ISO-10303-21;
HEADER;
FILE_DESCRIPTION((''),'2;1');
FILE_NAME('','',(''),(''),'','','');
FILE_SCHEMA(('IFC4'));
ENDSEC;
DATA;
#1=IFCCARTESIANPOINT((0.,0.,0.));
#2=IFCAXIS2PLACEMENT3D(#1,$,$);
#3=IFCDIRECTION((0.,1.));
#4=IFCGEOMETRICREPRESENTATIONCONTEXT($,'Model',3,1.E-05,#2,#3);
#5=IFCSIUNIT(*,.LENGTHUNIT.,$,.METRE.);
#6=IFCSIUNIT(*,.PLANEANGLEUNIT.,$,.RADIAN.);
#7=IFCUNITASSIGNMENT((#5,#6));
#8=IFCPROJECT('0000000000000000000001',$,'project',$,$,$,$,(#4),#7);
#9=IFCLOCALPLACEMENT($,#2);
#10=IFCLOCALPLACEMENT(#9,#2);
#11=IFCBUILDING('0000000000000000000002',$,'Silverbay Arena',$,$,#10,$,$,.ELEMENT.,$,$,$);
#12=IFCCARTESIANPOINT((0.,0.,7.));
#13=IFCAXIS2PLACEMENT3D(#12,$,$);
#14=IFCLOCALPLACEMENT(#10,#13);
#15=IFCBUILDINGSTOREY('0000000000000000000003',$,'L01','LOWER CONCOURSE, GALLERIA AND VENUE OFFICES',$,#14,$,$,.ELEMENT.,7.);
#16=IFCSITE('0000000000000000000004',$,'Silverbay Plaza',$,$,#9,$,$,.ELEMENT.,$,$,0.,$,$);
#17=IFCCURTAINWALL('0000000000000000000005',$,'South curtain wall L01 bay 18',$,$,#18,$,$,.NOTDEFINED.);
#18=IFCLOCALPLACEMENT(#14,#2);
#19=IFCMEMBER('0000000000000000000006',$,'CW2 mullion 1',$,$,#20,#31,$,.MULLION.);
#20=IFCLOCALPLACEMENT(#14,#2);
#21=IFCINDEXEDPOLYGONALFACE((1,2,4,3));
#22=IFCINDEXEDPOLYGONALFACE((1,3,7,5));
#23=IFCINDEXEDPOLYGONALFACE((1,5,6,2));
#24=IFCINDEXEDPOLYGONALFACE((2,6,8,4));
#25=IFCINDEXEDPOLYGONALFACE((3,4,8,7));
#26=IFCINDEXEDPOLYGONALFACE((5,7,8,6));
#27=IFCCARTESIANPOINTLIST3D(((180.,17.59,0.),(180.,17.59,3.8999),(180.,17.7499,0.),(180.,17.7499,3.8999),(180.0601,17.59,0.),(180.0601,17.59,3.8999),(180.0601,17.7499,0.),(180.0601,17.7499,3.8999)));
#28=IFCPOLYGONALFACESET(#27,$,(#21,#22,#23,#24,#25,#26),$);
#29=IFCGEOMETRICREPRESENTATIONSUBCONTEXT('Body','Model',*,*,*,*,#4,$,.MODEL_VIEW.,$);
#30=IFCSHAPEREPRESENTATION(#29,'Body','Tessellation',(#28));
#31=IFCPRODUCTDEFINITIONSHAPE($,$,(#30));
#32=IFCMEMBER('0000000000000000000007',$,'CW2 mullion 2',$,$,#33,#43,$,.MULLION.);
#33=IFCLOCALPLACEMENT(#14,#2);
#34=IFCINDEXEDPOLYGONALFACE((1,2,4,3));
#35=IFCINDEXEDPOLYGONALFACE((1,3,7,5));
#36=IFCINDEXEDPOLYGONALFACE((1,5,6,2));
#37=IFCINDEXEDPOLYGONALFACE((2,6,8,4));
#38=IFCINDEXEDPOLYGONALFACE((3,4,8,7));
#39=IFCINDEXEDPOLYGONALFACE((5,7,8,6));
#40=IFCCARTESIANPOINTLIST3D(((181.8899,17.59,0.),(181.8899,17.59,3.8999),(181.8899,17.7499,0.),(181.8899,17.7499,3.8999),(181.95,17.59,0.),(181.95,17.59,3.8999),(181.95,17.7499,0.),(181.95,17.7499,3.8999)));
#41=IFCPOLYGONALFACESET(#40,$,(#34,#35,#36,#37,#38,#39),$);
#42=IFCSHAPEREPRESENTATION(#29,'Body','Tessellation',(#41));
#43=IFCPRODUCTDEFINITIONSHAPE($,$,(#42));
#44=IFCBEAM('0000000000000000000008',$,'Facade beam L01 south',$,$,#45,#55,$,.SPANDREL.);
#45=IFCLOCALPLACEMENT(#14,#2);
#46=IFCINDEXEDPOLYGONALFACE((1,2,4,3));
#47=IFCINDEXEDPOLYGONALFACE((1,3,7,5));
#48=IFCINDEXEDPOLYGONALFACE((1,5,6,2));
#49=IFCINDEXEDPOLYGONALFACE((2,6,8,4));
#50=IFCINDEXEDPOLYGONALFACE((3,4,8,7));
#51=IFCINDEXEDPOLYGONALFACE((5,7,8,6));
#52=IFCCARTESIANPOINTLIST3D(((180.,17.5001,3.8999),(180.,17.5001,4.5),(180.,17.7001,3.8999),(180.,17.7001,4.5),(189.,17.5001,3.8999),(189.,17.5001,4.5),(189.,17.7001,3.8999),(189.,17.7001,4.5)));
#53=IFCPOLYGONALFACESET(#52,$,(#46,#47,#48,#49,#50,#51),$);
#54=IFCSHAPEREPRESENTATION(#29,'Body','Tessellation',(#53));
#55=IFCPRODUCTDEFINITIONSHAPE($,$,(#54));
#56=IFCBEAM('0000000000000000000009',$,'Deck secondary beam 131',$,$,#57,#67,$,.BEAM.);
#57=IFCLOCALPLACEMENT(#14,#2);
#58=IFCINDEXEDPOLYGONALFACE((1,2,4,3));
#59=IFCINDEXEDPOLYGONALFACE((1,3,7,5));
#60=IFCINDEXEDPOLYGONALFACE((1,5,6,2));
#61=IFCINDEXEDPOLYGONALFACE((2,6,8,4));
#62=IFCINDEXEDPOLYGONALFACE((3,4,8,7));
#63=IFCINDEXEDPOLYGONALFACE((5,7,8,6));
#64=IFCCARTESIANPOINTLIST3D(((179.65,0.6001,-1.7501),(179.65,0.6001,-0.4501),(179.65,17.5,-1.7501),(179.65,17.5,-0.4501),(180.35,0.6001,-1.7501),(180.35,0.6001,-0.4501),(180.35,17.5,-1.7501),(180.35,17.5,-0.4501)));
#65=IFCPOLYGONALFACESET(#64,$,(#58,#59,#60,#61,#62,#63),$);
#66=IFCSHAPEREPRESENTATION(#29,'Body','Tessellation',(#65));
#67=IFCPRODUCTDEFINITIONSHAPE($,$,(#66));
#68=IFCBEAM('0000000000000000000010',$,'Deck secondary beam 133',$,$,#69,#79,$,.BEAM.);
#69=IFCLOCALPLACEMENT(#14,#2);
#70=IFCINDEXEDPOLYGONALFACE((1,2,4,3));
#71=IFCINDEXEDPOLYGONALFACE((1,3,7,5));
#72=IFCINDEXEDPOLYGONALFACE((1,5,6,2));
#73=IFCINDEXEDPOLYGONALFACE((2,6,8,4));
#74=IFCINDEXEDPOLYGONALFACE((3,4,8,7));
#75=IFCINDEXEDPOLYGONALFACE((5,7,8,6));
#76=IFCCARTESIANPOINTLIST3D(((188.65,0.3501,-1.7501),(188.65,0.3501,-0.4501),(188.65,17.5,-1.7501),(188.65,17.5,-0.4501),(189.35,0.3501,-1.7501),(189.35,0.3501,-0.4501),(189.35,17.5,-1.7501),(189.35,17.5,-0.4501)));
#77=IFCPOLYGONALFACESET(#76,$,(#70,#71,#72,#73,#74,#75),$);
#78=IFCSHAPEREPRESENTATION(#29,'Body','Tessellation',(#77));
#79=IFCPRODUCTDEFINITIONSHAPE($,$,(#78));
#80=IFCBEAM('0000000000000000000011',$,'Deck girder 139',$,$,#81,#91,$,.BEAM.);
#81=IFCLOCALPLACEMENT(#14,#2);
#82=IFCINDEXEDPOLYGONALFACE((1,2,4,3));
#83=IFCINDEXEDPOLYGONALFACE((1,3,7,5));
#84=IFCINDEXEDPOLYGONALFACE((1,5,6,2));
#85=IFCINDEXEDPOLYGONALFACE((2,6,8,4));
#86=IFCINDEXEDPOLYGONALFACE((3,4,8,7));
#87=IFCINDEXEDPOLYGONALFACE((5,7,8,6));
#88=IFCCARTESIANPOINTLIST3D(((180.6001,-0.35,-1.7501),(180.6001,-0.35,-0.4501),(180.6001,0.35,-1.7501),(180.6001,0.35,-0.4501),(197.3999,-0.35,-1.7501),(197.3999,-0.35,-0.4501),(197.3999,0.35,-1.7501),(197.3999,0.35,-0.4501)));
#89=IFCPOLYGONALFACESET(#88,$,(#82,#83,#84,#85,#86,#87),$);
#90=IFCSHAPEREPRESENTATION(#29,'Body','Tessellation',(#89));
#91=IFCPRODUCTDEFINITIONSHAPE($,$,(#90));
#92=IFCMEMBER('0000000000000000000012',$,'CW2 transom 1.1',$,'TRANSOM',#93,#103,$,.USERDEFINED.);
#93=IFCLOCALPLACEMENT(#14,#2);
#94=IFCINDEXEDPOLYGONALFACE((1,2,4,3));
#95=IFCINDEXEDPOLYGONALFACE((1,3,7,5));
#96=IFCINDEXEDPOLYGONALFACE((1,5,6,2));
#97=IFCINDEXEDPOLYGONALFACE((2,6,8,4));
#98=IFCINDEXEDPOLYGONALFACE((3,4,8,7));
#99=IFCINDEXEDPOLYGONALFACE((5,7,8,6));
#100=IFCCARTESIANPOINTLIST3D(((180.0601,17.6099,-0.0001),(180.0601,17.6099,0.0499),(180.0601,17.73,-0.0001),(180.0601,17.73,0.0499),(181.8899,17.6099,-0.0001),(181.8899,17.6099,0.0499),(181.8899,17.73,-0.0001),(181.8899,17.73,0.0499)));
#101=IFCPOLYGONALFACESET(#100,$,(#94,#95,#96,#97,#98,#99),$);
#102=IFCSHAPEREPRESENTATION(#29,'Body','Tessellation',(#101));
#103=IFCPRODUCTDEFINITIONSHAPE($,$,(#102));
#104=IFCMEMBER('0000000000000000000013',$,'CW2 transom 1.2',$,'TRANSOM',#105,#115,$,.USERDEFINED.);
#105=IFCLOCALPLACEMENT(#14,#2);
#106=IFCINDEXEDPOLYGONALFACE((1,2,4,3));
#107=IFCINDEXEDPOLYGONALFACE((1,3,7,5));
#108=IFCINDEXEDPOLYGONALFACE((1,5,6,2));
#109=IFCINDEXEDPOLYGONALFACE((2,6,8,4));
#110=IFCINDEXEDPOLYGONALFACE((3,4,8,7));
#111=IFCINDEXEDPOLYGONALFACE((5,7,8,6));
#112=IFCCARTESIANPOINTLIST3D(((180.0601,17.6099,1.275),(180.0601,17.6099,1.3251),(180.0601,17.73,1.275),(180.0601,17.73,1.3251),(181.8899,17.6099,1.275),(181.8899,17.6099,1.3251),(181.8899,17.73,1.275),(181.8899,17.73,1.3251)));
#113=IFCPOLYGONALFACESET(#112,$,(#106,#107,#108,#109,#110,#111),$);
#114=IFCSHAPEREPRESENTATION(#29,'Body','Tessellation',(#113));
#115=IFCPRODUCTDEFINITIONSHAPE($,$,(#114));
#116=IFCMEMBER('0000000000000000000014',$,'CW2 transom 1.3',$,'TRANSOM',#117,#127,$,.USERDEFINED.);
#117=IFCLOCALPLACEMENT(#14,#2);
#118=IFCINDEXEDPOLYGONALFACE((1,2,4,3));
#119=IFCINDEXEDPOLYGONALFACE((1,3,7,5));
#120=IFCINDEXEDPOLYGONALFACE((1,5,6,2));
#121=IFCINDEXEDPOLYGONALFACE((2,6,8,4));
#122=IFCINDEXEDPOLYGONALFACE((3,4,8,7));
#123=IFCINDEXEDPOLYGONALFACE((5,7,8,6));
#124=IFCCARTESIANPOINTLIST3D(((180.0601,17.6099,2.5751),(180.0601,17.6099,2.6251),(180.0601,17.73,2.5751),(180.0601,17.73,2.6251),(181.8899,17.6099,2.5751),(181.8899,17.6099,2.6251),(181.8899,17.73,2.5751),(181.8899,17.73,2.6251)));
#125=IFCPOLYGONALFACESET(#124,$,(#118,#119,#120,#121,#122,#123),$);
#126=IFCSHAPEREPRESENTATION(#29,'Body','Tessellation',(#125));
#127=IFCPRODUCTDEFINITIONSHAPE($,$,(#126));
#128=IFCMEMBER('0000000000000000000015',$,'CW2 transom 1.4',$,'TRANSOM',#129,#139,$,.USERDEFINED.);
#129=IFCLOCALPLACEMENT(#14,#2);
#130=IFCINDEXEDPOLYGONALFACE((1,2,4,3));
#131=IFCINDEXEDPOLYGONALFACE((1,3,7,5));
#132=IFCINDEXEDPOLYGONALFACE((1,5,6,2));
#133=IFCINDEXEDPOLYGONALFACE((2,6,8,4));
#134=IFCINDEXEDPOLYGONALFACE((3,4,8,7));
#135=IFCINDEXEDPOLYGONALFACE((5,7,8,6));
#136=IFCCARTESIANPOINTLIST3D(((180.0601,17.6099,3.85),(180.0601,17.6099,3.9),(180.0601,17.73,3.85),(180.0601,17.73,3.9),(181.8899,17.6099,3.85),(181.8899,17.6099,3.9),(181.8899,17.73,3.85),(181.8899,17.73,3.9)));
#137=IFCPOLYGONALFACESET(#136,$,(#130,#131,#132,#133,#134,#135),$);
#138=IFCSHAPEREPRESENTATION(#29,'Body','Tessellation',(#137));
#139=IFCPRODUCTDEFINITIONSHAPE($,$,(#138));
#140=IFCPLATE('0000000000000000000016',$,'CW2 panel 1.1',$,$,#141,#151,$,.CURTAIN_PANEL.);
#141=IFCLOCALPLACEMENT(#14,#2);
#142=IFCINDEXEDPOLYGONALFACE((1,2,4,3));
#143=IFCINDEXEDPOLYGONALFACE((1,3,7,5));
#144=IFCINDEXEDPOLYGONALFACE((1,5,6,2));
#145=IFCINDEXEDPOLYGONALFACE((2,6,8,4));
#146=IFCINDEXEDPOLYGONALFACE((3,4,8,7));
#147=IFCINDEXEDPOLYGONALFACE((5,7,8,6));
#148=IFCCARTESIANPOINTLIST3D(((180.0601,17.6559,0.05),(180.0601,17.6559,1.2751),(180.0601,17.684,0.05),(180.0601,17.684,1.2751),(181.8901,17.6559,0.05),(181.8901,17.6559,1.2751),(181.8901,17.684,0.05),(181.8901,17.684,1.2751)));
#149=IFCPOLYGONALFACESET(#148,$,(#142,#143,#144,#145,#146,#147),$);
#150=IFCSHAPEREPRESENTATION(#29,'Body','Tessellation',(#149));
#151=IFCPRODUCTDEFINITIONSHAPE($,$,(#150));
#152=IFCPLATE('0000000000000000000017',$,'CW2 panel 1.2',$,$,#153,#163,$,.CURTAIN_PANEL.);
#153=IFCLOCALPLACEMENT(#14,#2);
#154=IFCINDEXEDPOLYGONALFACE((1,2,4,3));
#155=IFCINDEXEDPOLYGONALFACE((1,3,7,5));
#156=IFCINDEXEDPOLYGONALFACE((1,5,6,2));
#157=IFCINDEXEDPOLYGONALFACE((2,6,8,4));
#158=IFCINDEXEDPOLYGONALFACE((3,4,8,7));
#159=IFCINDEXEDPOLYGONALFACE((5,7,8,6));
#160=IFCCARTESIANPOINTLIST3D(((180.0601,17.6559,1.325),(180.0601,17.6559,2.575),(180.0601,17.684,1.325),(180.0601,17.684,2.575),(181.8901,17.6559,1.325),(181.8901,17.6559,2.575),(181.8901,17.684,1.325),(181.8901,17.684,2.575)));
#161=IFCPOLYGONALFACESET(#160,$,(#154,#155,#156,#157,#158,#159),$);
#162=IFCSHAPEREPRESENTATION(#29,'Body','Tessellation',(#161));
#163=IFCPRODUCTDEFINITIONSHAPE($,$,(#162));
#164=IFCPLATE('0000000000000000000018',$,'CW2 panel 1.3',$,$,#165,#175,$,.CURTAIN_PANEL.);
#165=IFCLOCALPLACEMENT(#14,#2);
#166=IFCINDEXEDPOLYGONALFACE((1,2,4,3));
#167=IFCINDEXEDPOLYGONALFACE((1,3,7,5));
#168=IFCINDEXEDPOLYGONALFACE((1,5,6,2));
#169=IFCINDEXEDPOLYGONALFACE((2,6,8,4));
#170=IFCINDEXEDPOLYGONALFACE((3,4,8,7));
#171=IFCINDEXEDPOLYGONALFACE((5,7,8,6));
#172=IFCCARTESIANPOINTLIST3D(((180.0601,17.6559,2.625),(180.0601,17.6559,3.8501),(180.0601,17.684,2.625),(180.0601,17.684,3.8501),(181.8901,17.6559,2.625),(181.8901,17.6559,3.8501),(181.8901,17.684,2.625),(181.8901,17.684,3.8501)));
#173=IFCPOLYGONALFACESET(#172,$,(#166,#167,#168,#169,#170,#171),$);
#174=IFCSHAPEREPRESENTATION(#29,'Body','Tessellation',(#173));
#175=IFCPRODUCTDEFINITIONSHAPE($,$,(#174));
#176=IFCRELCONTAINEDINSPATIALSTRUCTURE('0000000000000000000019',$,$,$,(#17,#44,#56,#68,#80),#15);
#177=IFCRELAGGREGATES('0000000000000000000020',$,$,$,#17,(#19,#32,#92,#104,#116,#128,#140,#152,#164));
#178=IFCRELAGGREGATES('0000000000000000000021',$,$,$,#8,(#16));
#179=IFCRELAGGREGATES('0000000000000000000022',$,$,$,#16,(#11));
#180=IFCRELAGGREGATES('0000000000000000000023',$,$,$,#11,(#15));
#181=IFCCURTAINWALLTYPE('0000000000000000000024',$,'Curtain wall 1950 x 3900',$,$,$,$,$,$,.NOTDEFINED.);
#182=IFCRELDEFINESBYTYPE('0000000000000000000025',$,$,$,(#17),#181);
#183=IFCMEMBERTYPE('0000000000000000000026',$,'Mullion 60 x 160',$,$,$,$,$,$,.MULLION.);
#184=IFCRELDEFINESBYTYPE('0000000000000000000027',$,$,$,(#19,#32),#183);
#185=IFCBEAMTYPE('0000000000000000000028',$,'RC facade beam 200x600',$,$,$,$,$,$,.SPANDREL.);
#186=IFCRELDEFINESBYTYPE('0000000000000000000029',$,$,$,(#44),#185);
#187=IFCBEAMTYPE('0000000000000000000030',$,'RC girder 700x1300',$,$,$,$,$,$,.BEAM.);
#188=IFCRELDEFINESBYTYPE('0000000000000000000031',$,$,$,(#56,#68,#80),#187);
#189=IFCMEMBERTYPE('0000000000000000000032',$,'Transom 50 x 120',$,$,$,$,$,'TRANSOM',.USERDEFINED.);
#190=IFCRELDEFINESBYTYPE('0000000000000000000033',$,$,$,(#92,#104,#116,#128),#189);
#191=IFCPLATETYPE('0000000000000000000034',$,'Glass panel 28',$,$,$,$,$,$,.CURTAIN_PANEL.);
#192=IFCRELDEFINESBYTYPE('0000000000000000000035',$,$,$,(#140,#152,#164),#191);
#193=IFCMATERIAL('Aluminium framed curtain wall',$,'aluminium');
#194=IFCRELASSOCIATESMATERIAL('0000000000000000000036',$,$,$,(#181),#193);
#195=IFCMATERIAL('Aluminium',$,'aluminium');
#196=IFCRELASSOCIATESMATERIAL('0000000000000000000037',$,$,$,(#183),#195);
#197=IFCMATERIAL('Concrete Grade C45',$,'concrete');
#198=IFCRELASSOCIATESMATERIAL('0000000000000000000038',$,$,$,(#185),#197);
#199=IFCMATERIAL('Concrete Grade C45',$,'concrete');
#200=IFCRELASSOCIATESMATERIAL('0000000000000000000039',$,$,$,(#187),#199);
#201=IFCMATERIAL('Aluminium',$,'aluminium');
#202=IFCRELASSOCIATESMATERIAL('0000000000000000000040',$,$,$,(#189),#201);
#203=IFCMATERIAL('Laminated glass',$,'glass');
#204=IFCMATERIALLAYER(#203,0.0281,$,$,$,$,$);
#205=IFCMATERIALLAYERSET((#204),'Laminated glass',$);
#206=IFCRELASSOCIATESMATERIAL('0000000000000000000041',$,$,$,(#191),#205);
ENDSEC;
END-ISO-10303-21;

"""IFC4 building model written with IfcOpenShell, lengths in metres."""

from ifc_helpers import new_model, si_unit, direction, frame, origin, origin_2d, place, context, subcontext, project, spatial, rectangle, extrude, material, layer, layer_set, material_profile, profile_set, type_object, element, aggregate, save


model = new_model("IFC4")

# Units and contexts
model_context = context("Model", 3, precision=1e-05, world=origin(), true_north=direction((0.0, 1.0)))
body_context = subcontext(model_context, "Body", "Model", "MODEL_VIEW")
ifc_project = project(units=[si_unit("LENGTHUNIT", "METRE"), si_unit("PLANEANGLEUNIT", "RADIAN")], contexts=[model_context])

# Site, building, storey
site_placement = place(None, origin())
site = spatial("IfcSite", under=ifc_project, at=site_placement, Name="Silverbay Plaza", CompositionType="ELEMENT", RefElevation=0.0)
building_placement = place(site_placement, origin())
building = spatial("IfcBuilding", under=site, at=building_placement, Name="Silverbay Arena", CompositionType="ELEMENT")
storey_placement = place(building_placement, frame((0.0, 0.0, 7.0)))
storey = spatial("IfcBuildingStorey", under=building, at=storey_placement, Name="L01", Description="LOWER CONCOURSE, GALLERIA AND VENUE OFFICES", CompositionType="ELEMENT", Elevation=7.0)

# Curtain wall, members
ifc_material_1 = material(Name="Aluminium framed curtain wall", Category="aluminium")
curtain_wall_type = type_object("IfcCurtainWallType", Name="Curtain wall 1950 x 3900", PredefinedType="NOTDEFINED", material=ifc_material_1)
curtain_wall_placement = place(storey_placement, origin())
curtain_wall = element("IfcCurtainWall", 1, at=curtain_wall_placement, inside=storey, type_object=curtain_wall_type, Name="South curtain wall L01 bay 18", PredefinedType="NOTDEFINED")
ifc_material_2 = material(Name="Aluminium", Category="aluminium")
ifc_material_profile_1 = material_profile(ifc_material_2, rectangle(XDim=0.1599, YDim=0.0601, at=origin_2d()), Name="Mullion 60 x 160")
ifc_profile_set_1 = profile_set([ifc_material_profile_1], Name="Aluminium")
member_type_1 = type_object("IfcMemberType", Name="Mullion 60 x 160", PredefinedType="MULLION", material=ifc_profile_set_1)
member_1_placement = place(storey_placement, frame((180.03, 17.6699, 0.0), z_axis=(0.0, 0.0, 1.0), x_axis=(0.0, 1.0, 0.0)))
member_1 = element("IfcMember", 2, at=member_1_placement, type_object=member_type_1, Name="CW2 mullion 1", PredefinedType="MULLION", context=body_context, shape_type="SweptSolid", body=[
    extrude(rectangle(XDim=0.1599, YDim=0.0601, at=origin_2d()), origin(), (0.0, 0.0, 1.0), 3.8999),
])
member_2_placement = place(storey_placement, frame((181.9199, 17.6699, 0.0), z_axis=(0.0, 0.0, 1.0), x_axis=(0.0, 1.0, 0.0)))
member_2 = element("IfcMember", 3, at=member_2_placement, type_object=member_type_1, Name="CW2 mullion 2", PredefinedType="MULLION", context=body_context, shape_type="SweptSolid", body=[
    extrude(rectangle(XDim=0.1599, YDim=0.0601, at=origin_2d()), origin(), (0.0, 0.0, 1.0), 3.8999),
])

# Beams
ifc_material_3 = material(Name="Concrete Grade C45", Category="concrete")
ifc_material_profile_2 = material_profile(ifc_material_3, rectangle(XDim=0.2, YDim=0.6001, at=origin_2d()), Name="RC 200x600")
ifc_profile_set_2 = profile_set([ifc_material_profile_2], Name="Concrete Grade C45")
beam_type_1 = type_object("IfcBeamType", Name="RC facade beam 200x600", PredefinedType="SPANDREL", material=ifc_profile_set_2)
beam_1_placement = place(storey_placement, frame((180.0, 17.6001, 4.2), z_axis=(1.0, 0.0, 0.0), x_axis=(0.0, 1.0, 0.0)))
element("IfcBeam", 4, at=beam_1_placement, inside=storey, type_object=beam_type_1, Name="Facade beam L01 south", PredefinedType="SPANDREL", context=body_context, shape_type="SweptSolid", body=[
    extrude(rectangle(XDim=0.2, YDim=0.6001, at=origin_2d()), origin(), (0.0, 0.0, 1.0), 9.0),
])
ifc_material_4 = material(Name="Concrete Grade C45", Category="concrete")
ifc_material_profile_3 = material_profile(ifc_material_4, rectangle(XDim=0.7, YDim=1.3, at=origin_2d()), Name="RC 700x1300")
ifc_profile_set_3 = profile_set([ifc_material_profile_3], Name="Concrete Grade C45")
beam_type_2 = type_object("IfcBeamType", Name="RC girder 700x1300", PredefinedType="BEAM", material=ifc_profile_set_3)
beam_2_placement = place(storey_placement, frame((180.0, 0.6001, -1.1001), z_axis=(0.0, 1.0, 0.0), x_axis=(-1.0, 0.0, 0.0)))
element("IfcBeam", 5, at=beam_2_placement, inside=storey, type_object=beam_type_2, Name="Deck secondary beam 131", PredefinedType="BEAM", context=body_context, shape_type="SweptSolid", body=[
    extrude(rectangle(XDim=0.7, YDim=1.3, at=origin_2d()), origin(), (0.0, 0.0, 1.0), 16.8999),
])
beam_3_placement = place(storey_placement, frame((189.0, 0.3501, -1.1001), z_axis=(0.0, 1.0, 0.0), x_axis=(-1.0, 0.0, 0.0)))
element("IfcBeam", 6, at=beam_3_placement, inside=storey, type_object=beam_type_2, Name="Deck secondary beam 133", PredefinedType="BEAM", context=body_context, shape_type="SweptSolid", body=[
    extrude(rectangle(XDim=0.7, YDim=1.3, at=origin_2d()), origin(), (0.0, 0.0, 1.0), 17.1499),
])
beam_4_placement = place(storey_placement, frame((180.6001, 0.0, -1.1001), z_axis=(1.0, 0.0, 0.0), x_axis=(0.0, 1.0, 0.0)))
element("IfcBeam", 7, at=beam_4_placement, inside=storey, type_object=beam_type_2, Name="Deck girder 139", PredefinedType="BEAM", context=body_context, shape_type="SweptSolid", body=[
    extrude(rectangle(XDim=0.7, YDim=1.3, at=origin_2d()), origin(), (0.0, 0.0, 1.0), 16.7998),
])

# Members
ifc_material_5 = material(Name="Aluminium", Category="aluminium")
ifc_material_profile_4 = material_profile(ifc_material_5, rectangle(XDim=0.1201, YDim=0.05, at=origin_2d()), Name="Transom 50 x 120")
ifc_profile_set_4 = profile_set([ifc_material_profile_4], Name="Aluminium")
member_type_2 = type_object("IfcMemberType", Name="Transom 50 x 120", ElementType="TRANSOM", PredefinedType="USERDEFINED", material=ifc_profile_set_4)
member_3_placement = place(storey_placement, frame((180.0601, 17.6699, 0.0249), z_axis=(1.0, 0.0, 0.0), x_axis=(0.0, 1.0, 0.0)))
member_3 = element("IfcMember", 8, at=member_3_placement, type_object=member_type_2, Name="CW2 transom 1.1", ObjectType="TRANSOM", PredefinedType="USERDEFINED", context=body_context, shape_type="SweptSolid", body=[
    extrude(rectangle(XDim=0.1201, YDim=0.05, at=origin_2d()), origin(), (0.0, 0.0, 1.0), 1.8298),
])
member_4_placement = place(storey_placement, frame((180.0601, 17.6699, 1.3), z_axis=(1.0, 0.0, 0.0), x_axis=(0.0, 1.0, 0.0)))
member_4 = element("IfcMember", 9, at=member_4_placement, type_object=member_type_2, Name="CW2 transom 1.2", ObjectType="TRANSOM", PredefinedType="USERDEFINED", context=body_context, shape_type="SweptSolid", body=[
    extrude(rectangle(XDim=0.1201, YDim=0.05, at=origin_2d()), origin(), (0.0, 0.0, 1.0), 1.8298),
])
member_5_placement = place(storey_placement, frame((180.0601, 17.6699, 2.6001), z_axis=(1.0, 0.0, 0.0), x_axis=(0.0, 1.0, 0.0)))
member_5 = element("IfcMember", 10, at=member_5_placement, type_object=member_type_2, Name="CW2 transom 1.3", ObjectType="TRANSOM", PredefinedType="USERDEFINED", context=body_context, shape_type="SweptSolid", body=[
    extrude(rectangle(XDim=0.1201, YDim=0.05, at=origin_2d()), origin(), (0.0, 0.0, 1.0), 1.8298),
])
member_6_placement = place(storey_placement, frame((180.0601, 17.6699, 3.875), z_axis=(1.0, 0.0, 0.0), x_axis=(0.0, 1.0, 0.0)))
member_6 = element("IfcMember", 11, at=member_6_placement, type_object=member_type_2, Name="CW2 transom 1.4", ObjectType="TRANSOM", PredefinedType="USERDEFINED", context=body_context, shape_type="SweptSolid", body=[
    extrude(rectangle(XDim=0.1201, YDim=0.05, at=origin_2d()), origin(), (0.0, 0.0, 1.0), 1.8298),
])

# Plates
ifc_material_6 = material(Name="Laminated glass", Category="glass")
ifc_layer_1 = layer(ifc_material_6, 0.0281)
ifc_layer_set_1 = layer_set([ifc_layer_1], Name="Laminated glass")
plate_type = type_object("IfcPlateType", Name="Glass panel 28", PredefinedType="CURTAIN_PANEL", material=ifc_layer_set_1)
plate_1_placement = place(storey_placement, frame((180.9751, 17.6699, 0.05), z_axis=(0.0, 0.0, 1.0), x_axis=(1.0, 0.0, 0.0)))
plate_1 = element("IfcPlate", 12, at=plate_1_placement, type_object=plate_type, Name="CW2 panel 1.1", PredefinedType="CURTAIN_PANEL", context=body_context, shape_type="SweptSolid", body=[
    extrude(rectangle(XDim=1.8301, YDim=0.0281, at=origin_2d()), origin(), (0.0, 0.0, 1.0), 1.2251),
])
plate_2_placement = place(storey_placement, frame((180.9751, 17.6699, 1.325), z_axis=(0.0, 0.0, 1.0), x_axis=(1.0, 0.0, 0.0)))
plate_2 = element("IfcPlate", 13, at=plate_2_placement, type_object=plate_type, Name="CW2 panel 1.2", PredefinedType="CURTAIN_PANEL", context=body_context, shape_type="SweptSolid", body=[
    extrude(rectangle(XDim=1.8301, YDim=0.0281, at=origin_2d()), origin(), (0.0, 0.0, 1.0), 1.25),
])
plate_3_placement = place(storey_placement, frame((180.9751, 17.6699, 2.625), z_axis=(0.0, 0.0, 1.0), x_axis=(1.0, 0.0, 0.0)))
plate_3 = element("IfcPlate", 14, at=plate_3_placement, type_object=plate_type, Name="CW2 panel 1.3", PredefinedType="CURTAIN_PANEL", context=body_context, shape_type="SweptSolid", body=[
    extrude(rectangle(XDim=1.8301, YDim=0.0281, at=origin_2d()), origin(), (0.0, 0.0, 1.0), 1.2251),
])
aggregate(curtain_wall, [member_1, member_2, member_3, member_4, member_5, member_6, plate_1, plate_2, plate_3])

save(model, "model.ifc")
